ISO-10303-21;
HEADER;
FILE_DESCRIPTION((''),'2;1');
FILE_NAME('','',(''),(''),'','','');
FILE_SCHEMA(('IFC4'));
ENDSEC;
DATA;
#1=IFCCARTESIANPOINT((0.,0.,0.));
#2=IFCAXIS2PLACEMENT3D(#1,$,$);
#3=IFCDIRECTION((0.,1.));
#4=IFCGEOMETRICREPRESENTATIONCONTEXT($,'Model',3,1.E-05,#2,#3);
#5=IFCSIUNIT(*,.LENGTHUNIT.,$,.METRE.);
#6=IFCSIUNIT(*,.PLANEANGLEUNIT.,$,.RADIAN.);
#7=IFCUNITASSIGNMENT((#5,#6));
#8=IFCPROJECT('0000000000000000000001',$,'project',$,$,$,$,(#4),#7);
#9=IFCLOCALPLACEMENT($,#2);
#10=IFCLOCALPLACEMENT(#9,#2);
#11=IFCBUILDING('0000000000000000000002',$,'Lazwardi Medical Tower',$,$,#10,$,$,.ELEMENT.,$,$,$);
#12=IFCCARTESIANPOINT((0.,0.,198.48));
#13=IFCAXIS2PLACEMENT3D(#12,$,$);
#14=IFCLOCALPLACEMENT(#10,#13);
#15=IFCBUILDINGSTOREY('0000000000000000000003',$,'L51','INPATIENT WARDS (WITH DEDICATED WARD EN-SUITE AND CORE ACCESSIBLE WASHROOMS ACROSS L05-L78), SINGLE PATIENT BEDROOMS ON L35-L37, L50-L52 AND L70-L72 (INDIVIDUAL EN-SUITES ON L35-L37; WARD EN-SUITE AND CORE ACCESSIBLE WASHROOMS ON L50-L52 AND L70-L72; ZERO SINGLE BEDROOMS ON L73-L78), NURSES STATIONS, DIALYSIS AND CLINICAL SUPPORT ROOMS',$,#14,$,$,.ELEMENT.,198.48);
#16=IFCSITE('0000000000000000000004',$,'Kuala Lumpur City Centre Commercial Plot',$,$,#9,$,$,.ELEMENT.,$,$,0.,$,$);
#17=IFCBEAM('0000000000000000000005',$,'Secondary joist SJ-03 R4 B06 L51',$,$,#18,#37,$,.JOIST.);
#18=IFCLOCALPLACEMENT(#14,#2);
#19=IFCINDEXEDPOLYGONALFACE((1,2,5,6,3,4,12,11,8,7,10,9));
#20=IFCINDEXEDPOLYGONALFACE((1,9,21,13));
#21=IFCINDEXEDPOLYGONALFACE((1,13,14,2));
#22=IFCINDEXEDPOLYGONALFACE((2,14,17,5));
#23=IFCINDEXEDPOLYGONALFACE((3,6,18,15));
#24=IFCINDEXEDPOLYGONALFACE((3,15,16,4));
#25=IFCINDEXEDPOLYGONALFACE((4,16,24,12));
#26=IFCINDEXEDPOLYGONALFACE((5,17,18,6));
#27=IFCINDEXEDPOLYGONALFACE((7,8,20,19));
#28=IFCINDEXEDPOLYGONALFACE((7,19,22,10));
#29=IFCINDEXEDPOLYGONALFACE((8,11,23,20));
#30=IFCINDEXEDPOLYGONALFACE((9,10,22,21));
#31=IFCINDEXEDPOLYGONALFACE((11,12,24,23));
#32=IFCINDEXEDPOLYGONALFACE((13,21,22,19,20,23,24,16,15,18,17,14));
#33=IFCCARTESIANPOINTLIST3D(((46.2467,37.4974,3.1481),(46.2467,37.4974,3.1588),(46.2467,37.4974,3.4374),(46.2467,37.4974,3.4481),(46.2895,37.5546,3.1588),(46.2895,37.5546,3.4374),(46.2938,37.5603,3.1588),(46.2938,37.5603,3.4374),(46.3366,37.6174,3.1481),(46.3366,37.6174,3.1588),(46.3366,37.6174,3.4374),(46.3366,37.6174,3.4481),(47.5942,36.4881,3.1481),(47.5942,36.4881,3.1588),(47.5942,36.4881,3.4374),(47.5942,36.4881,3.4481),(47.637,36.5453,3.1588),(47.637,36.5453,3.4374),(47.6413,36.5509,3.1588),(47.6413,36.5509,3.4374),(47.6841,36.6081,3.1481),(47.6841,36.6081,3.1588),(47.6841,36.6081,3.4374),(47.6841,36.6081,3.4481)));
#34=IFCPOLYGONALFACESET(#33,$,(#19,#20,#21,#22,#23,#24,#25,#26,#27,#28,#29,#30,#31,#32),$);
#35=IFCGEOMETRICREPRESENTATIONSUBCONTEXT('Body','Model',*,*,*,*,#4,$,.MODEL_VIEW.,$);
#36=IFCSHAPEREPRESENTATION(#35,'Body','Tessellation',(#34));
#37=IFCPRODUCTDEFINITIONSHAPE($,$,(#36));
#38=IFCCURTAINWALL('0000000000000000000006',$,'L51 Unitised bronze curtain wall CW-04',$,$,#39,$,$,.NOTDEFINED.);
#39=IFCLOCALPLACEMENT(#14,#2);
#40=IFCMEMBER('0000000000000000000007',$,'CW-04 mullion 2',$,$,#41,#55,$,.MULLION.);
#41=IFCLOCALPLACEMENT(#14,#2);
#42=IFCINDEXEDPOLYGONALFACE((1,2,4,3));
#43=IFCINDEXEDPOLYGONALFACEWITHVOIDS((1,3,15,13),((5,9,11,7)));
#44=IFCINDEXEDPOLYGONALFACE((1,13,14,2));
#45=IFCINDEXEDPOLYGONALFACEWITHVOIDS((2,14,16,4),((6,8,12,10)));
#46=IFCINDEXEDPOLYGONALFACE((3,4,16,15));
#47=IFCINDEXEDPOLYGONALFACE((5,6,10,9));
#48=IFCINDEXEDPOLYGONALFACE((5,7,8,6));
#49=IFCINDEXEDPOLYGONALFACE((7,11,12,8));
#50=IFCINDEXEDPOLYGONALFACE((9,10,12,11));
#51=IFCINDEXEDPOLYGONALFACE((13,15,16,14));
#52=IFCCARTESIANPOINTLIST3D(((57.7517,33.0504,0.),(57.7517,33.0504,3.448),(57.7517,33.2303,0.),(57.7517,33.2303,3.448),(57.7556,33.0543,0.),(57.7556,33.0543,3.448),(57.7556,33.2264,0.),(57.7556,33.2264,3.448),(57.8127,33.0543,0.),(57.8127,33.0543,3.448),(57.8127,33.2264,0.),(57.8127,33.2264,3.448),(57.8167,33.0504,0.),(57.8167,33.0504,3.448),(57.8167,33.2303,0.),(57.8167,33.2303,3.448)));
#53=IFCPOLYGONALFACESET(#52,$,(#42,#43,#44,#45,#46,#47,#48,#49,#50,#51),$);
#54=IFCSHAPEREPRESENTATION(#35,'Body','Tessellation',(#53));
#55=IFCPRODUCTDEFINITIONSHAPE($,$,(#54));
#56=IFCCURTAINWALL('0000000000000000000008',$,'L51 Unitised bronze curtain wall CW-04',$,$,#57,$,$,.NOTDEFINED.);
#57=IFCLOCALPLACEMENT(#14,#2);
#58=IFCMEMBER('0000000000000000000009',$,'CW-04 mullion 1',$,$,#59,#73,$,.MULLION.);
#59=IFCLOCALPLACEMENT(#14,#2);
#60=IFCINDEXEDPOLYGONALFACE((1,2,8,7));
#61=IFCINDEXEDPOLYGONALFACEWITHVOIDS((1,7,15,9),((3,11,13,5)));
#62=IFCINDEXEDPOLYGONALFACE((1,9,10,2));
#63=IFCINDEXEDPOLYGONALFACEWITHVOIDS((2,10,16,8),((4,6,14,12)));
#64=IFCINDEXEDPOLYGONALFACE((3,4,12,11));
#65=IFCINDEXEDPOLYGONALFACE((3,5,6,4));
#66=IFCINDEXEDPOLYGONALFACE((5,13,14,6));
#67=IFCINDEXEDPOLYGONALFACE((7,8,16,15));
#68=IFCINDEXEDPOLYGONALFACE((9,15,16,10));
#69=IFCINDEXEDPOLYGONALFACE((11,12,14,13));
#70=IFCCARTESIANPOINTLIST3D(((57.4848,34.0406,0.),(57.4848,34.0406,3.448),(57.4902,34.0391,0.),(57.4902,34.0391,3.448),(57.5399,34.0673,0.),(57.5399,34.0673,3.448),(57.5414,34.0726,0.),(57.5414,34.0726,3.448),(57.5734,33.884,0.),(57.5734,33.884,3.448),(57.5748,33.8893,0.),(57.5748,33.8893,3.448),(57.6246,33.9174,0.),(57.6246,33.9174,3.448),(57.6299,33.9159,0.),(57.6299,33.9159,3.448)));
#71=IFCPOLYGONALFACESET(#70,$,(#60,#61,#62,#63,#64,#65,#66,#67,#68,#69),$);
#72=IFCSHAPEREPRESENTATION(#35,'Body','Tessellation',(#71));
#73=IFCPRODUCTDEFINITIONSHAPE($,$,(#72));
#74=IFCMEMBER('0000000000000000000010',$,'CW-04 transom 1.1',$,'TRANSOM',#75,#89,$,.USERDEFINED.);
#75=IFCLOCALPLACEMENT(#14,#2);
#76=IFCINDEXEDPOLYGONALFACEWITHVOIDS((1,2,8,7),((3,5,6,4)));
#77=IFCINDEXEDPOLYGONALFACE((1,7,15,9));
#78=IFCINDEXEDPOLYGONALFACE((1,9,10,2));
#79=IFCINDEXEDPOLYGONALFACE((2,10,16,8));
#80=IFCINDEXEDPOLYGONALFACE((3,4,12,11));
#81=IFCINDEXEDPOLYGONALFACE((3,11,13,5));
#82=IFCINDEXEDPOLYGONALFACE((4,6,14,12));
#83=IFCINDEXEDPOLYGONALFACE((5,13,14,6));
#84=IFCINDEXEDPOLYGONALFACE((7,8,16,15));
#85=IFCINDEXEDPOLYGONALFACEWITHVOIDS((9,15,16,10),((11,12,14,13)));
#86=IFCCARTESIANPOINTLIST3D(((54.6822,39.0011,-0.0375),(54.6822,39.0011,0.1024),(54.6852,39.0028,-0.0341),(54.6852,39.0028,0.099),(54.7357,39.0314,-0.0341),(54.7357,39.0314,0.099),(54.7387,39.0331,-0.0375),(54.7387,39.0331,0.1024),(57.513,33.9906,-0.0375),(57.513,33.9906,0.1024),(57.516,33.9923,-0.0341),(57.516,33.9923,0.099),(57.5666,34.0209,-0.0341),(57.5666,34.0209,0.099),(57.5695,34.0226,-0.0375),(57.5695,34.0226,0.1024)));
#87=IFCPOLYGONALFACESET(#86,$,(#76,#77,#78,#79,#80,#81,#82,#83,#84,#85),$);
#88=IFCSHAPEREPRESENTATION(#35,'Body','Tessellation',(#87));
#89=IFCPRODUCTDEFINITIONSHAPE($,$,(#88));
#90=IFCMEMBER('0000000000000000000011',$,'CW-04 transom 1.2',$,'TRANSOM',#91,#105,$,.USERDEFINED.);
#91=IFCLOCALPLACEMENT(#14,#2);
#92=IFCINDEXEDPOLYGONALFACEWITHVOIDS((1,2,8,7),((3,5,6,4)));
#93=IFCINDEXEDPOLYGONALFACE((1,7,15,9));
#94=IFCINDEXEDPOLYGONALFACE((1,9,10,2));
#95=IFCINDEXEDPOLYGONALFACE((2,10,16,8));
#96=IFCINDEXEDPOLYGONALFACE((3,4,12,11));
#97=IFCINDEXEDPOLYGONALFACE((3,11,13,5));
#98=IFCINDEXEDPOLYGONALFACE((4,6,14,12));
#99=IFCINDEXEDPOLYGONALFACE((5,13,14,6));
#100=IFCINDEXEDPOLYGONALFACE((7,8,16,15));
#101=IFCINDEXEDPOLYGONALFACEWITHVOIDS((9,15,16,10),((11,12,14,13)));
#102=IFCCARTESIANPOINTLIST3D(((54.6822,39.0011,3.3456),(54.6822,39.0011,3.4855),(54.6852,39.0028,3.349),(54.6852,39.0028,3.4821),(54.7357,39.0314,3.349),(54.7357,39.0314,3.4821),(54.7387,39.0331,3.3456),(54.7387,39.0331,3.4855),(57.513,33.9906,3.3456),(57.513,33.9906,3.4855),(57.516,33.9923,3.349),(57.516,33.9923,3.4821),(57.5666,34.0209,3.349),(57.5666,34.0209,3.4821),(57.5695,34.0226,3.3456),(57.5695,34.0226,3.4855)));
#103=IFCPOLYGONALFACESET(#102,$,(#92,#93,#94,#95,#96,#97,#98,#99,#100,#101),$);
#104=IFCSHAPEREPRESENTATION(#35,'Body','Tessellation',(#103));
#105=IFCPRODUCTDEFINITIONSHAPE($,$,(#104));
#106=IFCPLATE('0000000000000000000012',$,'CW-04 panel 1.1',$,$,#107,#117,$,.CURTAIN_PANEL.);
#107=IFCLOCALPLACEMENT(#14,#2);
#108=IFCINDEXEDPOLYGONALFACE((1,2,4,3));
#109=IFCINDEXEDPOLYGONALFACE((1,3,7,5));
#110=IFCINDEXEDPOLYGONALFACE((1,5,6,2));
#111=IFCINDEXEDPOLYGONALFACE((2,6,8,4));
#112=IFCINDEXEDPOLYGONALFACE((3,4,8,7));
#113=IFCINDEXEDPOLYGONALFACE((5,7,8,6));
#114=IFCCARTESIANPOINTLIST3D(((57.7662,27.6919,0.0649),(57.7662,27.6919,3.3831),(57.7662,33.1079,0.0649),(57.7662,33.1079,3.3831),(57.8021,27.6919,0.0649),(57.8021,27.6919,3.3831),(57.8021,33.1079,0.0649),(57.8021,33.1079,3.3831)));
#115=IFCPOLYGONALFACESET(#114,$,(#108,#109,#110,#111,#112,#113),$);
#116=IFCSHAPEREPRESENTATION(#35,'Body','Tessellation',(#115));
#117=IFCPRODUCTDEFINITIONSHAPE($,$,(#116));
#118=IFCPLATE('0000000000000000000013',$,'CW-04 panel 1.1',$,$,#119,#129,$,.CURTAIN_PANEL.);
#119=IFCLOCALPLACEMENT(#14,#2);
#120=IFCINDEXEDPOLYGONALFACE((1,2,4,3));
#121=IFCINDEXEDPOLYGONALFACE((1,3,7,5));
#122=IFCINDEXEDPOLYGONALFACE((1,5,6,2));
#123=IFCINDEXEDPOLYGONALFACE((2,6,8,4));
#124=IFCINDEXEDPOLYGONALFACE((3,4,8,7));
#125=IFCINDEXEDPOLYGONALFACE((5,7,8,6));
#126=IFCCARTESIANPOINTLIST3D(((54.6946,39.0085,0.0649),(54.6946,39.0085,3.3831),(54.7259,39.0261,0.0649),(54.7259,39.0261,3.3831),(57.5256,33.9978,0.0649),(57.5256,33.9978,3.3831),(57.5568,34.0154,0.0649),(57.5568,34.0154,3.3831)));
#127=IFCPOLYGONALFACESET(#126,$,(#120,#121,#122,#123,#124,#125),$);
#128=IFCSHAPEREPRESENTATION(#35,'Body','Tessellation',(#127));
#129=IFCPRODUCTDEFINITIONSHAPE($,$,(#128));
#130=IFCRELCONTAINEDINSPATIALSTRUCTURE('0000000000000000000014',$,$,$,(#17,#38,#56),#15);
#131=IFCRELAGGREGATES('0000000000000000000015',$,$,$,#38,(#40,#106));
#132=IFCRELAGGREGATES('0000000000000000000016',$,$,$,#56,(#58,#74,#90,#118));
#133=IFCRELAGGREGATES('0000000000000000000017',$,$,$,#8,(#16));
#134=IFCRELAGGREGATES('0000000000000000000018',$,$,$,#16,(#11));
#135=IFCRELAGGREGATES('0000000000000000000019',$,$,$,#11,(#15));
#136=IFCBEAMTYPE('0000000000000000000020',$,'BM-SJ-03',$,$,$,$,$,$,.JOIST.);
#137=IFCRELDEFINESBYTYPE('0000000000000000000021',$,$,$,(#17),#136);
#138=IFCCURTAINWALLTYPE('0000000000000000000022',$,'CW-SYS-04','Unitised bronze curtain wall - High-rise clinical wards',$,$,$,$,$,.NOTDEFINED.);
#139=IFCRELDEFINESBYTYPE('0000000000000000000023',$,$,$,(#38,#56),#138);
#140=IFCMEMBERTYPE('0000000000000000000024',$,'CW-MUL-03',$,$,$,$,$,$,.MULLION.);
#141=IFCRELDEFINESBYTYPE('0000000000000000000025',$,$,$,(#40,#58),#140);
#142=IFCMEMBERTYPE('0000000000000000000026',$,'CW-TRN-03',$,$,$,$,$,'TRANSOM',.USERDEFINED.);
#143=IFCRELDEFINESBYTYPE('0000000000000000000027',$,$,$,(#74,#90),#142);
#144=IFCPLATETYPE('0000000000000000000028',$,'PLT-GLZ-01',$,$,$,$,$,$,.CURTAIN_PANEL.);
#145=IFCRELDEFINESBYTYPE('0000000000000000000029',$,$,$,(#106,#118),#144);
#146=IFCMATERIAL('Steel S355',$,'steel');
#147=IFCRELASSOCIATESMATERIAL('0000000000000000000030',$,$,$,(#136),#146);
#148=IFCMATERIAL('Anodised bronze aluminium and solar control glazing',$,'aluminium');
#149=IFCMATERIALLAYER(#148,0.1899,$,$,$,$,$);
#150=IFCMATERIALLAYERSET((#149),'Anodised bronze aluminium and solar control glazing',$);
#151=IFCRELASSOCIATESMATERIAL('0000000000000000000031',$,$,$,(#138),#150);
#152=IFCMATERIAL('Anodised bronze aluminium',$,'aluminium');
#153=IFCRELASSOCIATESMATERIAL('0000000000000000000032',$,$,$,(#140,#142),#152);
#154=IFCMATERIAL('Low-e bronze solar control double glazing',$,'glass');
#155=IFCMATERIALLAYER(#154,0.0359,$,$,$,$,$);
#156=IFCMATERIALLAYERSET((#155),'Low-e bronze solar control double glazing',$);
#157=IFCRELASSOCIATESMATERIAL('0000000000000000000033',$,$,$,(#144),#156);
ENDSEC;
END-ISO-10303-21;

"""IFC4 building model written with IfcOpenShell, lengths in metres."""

from ifc_helpers import new_model, si_unit, direction, frame, origin, origin_2d, place, context, subcontext, project, spatial, rectangle, hollow_rectangle, i_section, extrude, material, layer, layer_set, material_profile, profile_set, type_object, element, aggregate, save


model = new_model("IFC4")

# Units and contexts
model_context = context("Model", 3, precision=1e-05, world=origin(), true_north=direction((0.0, 1.0)))
body_context = subcontext(model_context, "Body", "Model", "MODEL_VIEW")
ifc_project = project(units=[si_unit("LENGTHUNIT", "METRE"), si_unit("PLANEANGLEUNIT", "RADIAN")], contexts=[model_context])

# Site, building, storey
site_placement = place(None, origin())
site = spatial("IfcSite", under=ifc_project, at=site_placement, Name="Kuala Lumpur City Centre Commercial Plot", CompositionType="ELEMENT", RefElevation=0.0)
building_placement = place(site_placement, origin())
building = spatial("IfcBuilding", under=site, at=building_placement, Name="Lazwardi Medical Tower", CompositionType="ELEMENT")
storey_placement = place(building_placement, frame((0.0, 0.0, 198.48)))
storey = spatial("IfcBuildingStorey", under=building, at=storey_placement, Name="L51", Description="INPATIENT WARDS (WITH DEDICATED WARD EN-SUITE AND CORE ACCESSIBLE WASHROOMS ACROSS L05-L78), SINGLE PATIENT BEDROOMS ON L35-L37, L50-L52 AND L70-L72 (INDIVIDUAL EN-SUITES ON L35-L37; WARD EN-SUITE AND CORE ACCESSIBLE WASHROOMS ON L50-L52 AND L70-L72; ZERO SINGLE BEDROOMS ON L73-L78), NURSES STATIONS, DIALYSIS AND CLINICAL SUPPORT ROOMS", CompositionType="ELEMENT", Elevation=198.48)

# Beam
ifc_material_1 = material(Name="Steel S355", Category="steel")
ifc_material_profile_1 = material_profile(ifc_material_1, i_section(OverallWidth=0.1499, OverallDepth=0.3, WebThickness=0.0071, FlangeThickness=0.0107, at=origin_2d()), Name="IPE 300")
ifc_profile_set_1 = profile_set([ifc_material_profile_1], Name="Steel S355")
beam_type_1 = type_object("IfcBeamType", Name="BM-SJ-03", PredefinedType="JOIST", material=ifc_profile_set_1)
beam_1_placement = place(storey_placement, frame((47.6392, 36.5481, 3.2981), z_axis=(-0.800365, 0.599513, 0.0), x_axis=(-0.599513, -0.800365, 0.0)))
element("IfcBeam", 1, at=beam_1_placement, inside=storey, type_object=beam_type_1, Name="Secondary joist SJ-03 R4 B06 L51", PredefinedType="JOIST", context=body_context, shape_type="SweptSolid", body=[
    extrude(i_section(OverallWidth=0.1499, OverallDepth=0.3, WebThickness=0.0071, FlangeThickness=0.0107, at=origin_2d()), origin(), (0.0, 0.0, 1.0), 1.6836),
])

# Curtain wall, member
ifc_material_2 = material(Name="Anodised bronze aluminium and solar control glazing", Category="aluminium")
ifc_layer_1 = layer(ifc_material_2, 0.1899)
ifc_layer_set_1 = layer_set([ifc_layer_1], Name="Anodised bronze aluminium and solar control glazing")
curtain_wall_type = type_object("IfcCurtainWallType", Name="CW-SYS-04", Description="Unitised bronze curtain wall - High-rise clinical wards", PredefinedType="NOTDEFINED", material=ifc_layer_set_1)
curtain_wall_1_placement = place(storey_placement, origin())
curtain_wall_1 = element("IfcCurtainWall", 2, at=curtain_wall_1_placement, inside=storey, type_object=curtain_wall_type, Name="L51 Unitised bronze curtain wall CW-04", PredefinedType="NOTDEFINED")
ifc_material_3 = material(Name="Anodised bronze aluminium", Category="aluminium")
ifc_material_profile_2 = material_profile(ifc_material_3, hollow_rectangle(XDim=0.0649, YDim=0.1799, WallThickness=0.0039, at=origin_2d()), Name="ALU-MULLION 180x65x4")
ifc_profile_set_2 = profile_set([ifc_material_profile_2], Name="Anodised bronze aluminium")
member_type_1 = type_object("IfcMemberType", Name="CW-MUL-03", PredefinedType="MULLION", material=ifc_profile_set_2)
member_1_placement = place(storey_placement, frame((57.7842, 33.1404, 0.0), z_axis=(0.0, 0.0, 1.0), x_axis=(-1.0, 0.0, 0.0)))
member_1 = element("IfcMember", 3, at=member_1_placement, type_object=member_type_1, Name="CW-04 mullion 2", PredefinedType="MULLION", context=body_context, shape_type="SweptSolid", body=[
    extrude(hollow_rectangle(XDim=0.0649, YDim=0.1799, WallThickness=0.0039, at=origin_2d()), origin(), (0.0, 0.0, 1.0), 3.448),
])

# Curtain wall, members
curtain_wall_2_placement = place(storey_placement, origin())
curtain_wall_2 = element("IfcCurtainWall", 4, at=curtain_wall_2_placement, inside=storey, type_object=curtain_wall_type, Name="L51 Unitised bronze curtain wall CW-04", PredefinedType="NOTDEFINED")
member_2_placement = place(storey_placement, frame((57.5574, 33.9783, 0.0), z_axis=(0.0, 0.0, 1.0), x_axis=(-0.870651, -0.4919, 0.0)))
member_2 = element("IfcMember", 5, at=member_2_placement, type_object=member_type_1, Name="CW-04 mullion 1", PredefinedType="MULLION", context=body_context, shape_type="SweptSolid", body=[
    extrude(hollow_rectangle(XDim=0.0649, YDim=0.1799, WallThickness=0.0039, at=origin_2d()), origin(), (0.0, 0.0, 1.0), 3.448),
])
ifc_material_profile_3 = material_profile(ifc_material_3, hollow_rectangle(XDim=0.0649, YDim=0.1399, WallThickness=0.0034, at=origin_2d()), Name="ALU-TRANSOM 140x65x3.5")
ifc_profile_set_3 = profile_set([ifc_material_profile_3], Name="Anodised bronze aluminium")
member_type_2 = type_object("IfcMemberType", Name="CW-TRN-03", ElementType="TRANSOM", PredefinedType="USERDEFINED", material=ifc_profile_set_3)
member_3_placement = place(storey_placement, frame((57.5413, 34.0066, 0.0325), z_axis=(-0.491898, 0.870653, 0.0), x_axis=(-0.870653, -0.491898, 0.0)))
member_3 = element("IfcMember", 6, at=member_3_placement, type_object=member_type_2, Name="CW-04 transom 1.1", ObjectType="TRANSOM", PredefinedType="USERDEFINED", context=body_context, shape_type="SweptSolid", body=[
    extrude(hollow_rectangle(XDim=0.0649, YDim=0.1399, WallThickness=0.0034, at=origin_2d()), origin(), (0.0, 0.0, 1.0), 5.7549),
])
member_4_placement = place(storey_placement, frame((57.5413, 34.0066, 3.4155), z_axis=(-0.491898, 0.870653, 0.0), x_axis=(-0.870653, -0.491898, 0.0)))
member_4 = element("IfcMember", 7, at=member_4_placement, type_object=member_type_2, Name="CW-04 transom 1.2", ObjectType="TRANSOM", PredefinedType="USERDEFINED", context=body_context, shape_type="SweptSolid", body=[
    extrude(hollow_rectangle(XDim=0.0649, YDim=0.1399, WallThickness=0.0034, at=origin_2d()), origin(), (0.0, 0.0, 1.0), 5.7549),
])

# Plates
ifc_material_4 = material(Name="Low-e bronze solar control double glazing", Category="glass")
ifc_layer_2 = layer(ifc_material_4, 0.0359)
ifc_layer_set_2 = layer_set([ifc_layer_2], Name="Low-e bronze solar control double glazing")
plate_type = type_object("IfcPlateType", Name="PLT-GLZ-01", PredefinedType="CURTAIN_PANEL", material=ifc_layer_set_2)
plate_1_placement = place(storey_placement, frame((57.7842, 30.3999, 0.0649), z_axis=(0.0, 0.0, 1.0), x_axis=(0.0, 1.0, 0.0)))
plate_1 = element("IfcPlate", 8, at=plate_1_placement, type_object=plate_type, Name="CW-04 panel 1.1", PredefinedType="CURTAIN_PANEL", context=body_context, shape_type="SweptSolid", body=[
    extrude(rectangle(XDim=5.416, YDim=0.0359, at=origin_2d()), origin(), (0.0, 0.0, 1.0), 3.3181),
])
aggregate(curtain_wall_1, [member_1, plate_1])
plate_2_placement = place(storey_placement, frame((56.1257, 36.512, 0.0649), z_axis=(0.0, 0.0, 1.0), x_axis=(-0.4919, 0.870651, 0.0)))
plate_2 = element("IfcPlate", 9, at=plate_2_placement, type_object=plate_type, Name="CW-04 panel 1.1", PredefinedType="CURTAIN_PANEL", context=body_context, shape_type="SweptSolid", body=[
    extrude(rectangle(XDim=5.7551, YDim=0.0359, at=origin_2d()), origin(), (0.0, 0.0, 1.0), 3.3181),
])
aggregate(curtain_wall_2, [member_2, member_3, member_4, plate_2])

save(model, "model.ifc")
